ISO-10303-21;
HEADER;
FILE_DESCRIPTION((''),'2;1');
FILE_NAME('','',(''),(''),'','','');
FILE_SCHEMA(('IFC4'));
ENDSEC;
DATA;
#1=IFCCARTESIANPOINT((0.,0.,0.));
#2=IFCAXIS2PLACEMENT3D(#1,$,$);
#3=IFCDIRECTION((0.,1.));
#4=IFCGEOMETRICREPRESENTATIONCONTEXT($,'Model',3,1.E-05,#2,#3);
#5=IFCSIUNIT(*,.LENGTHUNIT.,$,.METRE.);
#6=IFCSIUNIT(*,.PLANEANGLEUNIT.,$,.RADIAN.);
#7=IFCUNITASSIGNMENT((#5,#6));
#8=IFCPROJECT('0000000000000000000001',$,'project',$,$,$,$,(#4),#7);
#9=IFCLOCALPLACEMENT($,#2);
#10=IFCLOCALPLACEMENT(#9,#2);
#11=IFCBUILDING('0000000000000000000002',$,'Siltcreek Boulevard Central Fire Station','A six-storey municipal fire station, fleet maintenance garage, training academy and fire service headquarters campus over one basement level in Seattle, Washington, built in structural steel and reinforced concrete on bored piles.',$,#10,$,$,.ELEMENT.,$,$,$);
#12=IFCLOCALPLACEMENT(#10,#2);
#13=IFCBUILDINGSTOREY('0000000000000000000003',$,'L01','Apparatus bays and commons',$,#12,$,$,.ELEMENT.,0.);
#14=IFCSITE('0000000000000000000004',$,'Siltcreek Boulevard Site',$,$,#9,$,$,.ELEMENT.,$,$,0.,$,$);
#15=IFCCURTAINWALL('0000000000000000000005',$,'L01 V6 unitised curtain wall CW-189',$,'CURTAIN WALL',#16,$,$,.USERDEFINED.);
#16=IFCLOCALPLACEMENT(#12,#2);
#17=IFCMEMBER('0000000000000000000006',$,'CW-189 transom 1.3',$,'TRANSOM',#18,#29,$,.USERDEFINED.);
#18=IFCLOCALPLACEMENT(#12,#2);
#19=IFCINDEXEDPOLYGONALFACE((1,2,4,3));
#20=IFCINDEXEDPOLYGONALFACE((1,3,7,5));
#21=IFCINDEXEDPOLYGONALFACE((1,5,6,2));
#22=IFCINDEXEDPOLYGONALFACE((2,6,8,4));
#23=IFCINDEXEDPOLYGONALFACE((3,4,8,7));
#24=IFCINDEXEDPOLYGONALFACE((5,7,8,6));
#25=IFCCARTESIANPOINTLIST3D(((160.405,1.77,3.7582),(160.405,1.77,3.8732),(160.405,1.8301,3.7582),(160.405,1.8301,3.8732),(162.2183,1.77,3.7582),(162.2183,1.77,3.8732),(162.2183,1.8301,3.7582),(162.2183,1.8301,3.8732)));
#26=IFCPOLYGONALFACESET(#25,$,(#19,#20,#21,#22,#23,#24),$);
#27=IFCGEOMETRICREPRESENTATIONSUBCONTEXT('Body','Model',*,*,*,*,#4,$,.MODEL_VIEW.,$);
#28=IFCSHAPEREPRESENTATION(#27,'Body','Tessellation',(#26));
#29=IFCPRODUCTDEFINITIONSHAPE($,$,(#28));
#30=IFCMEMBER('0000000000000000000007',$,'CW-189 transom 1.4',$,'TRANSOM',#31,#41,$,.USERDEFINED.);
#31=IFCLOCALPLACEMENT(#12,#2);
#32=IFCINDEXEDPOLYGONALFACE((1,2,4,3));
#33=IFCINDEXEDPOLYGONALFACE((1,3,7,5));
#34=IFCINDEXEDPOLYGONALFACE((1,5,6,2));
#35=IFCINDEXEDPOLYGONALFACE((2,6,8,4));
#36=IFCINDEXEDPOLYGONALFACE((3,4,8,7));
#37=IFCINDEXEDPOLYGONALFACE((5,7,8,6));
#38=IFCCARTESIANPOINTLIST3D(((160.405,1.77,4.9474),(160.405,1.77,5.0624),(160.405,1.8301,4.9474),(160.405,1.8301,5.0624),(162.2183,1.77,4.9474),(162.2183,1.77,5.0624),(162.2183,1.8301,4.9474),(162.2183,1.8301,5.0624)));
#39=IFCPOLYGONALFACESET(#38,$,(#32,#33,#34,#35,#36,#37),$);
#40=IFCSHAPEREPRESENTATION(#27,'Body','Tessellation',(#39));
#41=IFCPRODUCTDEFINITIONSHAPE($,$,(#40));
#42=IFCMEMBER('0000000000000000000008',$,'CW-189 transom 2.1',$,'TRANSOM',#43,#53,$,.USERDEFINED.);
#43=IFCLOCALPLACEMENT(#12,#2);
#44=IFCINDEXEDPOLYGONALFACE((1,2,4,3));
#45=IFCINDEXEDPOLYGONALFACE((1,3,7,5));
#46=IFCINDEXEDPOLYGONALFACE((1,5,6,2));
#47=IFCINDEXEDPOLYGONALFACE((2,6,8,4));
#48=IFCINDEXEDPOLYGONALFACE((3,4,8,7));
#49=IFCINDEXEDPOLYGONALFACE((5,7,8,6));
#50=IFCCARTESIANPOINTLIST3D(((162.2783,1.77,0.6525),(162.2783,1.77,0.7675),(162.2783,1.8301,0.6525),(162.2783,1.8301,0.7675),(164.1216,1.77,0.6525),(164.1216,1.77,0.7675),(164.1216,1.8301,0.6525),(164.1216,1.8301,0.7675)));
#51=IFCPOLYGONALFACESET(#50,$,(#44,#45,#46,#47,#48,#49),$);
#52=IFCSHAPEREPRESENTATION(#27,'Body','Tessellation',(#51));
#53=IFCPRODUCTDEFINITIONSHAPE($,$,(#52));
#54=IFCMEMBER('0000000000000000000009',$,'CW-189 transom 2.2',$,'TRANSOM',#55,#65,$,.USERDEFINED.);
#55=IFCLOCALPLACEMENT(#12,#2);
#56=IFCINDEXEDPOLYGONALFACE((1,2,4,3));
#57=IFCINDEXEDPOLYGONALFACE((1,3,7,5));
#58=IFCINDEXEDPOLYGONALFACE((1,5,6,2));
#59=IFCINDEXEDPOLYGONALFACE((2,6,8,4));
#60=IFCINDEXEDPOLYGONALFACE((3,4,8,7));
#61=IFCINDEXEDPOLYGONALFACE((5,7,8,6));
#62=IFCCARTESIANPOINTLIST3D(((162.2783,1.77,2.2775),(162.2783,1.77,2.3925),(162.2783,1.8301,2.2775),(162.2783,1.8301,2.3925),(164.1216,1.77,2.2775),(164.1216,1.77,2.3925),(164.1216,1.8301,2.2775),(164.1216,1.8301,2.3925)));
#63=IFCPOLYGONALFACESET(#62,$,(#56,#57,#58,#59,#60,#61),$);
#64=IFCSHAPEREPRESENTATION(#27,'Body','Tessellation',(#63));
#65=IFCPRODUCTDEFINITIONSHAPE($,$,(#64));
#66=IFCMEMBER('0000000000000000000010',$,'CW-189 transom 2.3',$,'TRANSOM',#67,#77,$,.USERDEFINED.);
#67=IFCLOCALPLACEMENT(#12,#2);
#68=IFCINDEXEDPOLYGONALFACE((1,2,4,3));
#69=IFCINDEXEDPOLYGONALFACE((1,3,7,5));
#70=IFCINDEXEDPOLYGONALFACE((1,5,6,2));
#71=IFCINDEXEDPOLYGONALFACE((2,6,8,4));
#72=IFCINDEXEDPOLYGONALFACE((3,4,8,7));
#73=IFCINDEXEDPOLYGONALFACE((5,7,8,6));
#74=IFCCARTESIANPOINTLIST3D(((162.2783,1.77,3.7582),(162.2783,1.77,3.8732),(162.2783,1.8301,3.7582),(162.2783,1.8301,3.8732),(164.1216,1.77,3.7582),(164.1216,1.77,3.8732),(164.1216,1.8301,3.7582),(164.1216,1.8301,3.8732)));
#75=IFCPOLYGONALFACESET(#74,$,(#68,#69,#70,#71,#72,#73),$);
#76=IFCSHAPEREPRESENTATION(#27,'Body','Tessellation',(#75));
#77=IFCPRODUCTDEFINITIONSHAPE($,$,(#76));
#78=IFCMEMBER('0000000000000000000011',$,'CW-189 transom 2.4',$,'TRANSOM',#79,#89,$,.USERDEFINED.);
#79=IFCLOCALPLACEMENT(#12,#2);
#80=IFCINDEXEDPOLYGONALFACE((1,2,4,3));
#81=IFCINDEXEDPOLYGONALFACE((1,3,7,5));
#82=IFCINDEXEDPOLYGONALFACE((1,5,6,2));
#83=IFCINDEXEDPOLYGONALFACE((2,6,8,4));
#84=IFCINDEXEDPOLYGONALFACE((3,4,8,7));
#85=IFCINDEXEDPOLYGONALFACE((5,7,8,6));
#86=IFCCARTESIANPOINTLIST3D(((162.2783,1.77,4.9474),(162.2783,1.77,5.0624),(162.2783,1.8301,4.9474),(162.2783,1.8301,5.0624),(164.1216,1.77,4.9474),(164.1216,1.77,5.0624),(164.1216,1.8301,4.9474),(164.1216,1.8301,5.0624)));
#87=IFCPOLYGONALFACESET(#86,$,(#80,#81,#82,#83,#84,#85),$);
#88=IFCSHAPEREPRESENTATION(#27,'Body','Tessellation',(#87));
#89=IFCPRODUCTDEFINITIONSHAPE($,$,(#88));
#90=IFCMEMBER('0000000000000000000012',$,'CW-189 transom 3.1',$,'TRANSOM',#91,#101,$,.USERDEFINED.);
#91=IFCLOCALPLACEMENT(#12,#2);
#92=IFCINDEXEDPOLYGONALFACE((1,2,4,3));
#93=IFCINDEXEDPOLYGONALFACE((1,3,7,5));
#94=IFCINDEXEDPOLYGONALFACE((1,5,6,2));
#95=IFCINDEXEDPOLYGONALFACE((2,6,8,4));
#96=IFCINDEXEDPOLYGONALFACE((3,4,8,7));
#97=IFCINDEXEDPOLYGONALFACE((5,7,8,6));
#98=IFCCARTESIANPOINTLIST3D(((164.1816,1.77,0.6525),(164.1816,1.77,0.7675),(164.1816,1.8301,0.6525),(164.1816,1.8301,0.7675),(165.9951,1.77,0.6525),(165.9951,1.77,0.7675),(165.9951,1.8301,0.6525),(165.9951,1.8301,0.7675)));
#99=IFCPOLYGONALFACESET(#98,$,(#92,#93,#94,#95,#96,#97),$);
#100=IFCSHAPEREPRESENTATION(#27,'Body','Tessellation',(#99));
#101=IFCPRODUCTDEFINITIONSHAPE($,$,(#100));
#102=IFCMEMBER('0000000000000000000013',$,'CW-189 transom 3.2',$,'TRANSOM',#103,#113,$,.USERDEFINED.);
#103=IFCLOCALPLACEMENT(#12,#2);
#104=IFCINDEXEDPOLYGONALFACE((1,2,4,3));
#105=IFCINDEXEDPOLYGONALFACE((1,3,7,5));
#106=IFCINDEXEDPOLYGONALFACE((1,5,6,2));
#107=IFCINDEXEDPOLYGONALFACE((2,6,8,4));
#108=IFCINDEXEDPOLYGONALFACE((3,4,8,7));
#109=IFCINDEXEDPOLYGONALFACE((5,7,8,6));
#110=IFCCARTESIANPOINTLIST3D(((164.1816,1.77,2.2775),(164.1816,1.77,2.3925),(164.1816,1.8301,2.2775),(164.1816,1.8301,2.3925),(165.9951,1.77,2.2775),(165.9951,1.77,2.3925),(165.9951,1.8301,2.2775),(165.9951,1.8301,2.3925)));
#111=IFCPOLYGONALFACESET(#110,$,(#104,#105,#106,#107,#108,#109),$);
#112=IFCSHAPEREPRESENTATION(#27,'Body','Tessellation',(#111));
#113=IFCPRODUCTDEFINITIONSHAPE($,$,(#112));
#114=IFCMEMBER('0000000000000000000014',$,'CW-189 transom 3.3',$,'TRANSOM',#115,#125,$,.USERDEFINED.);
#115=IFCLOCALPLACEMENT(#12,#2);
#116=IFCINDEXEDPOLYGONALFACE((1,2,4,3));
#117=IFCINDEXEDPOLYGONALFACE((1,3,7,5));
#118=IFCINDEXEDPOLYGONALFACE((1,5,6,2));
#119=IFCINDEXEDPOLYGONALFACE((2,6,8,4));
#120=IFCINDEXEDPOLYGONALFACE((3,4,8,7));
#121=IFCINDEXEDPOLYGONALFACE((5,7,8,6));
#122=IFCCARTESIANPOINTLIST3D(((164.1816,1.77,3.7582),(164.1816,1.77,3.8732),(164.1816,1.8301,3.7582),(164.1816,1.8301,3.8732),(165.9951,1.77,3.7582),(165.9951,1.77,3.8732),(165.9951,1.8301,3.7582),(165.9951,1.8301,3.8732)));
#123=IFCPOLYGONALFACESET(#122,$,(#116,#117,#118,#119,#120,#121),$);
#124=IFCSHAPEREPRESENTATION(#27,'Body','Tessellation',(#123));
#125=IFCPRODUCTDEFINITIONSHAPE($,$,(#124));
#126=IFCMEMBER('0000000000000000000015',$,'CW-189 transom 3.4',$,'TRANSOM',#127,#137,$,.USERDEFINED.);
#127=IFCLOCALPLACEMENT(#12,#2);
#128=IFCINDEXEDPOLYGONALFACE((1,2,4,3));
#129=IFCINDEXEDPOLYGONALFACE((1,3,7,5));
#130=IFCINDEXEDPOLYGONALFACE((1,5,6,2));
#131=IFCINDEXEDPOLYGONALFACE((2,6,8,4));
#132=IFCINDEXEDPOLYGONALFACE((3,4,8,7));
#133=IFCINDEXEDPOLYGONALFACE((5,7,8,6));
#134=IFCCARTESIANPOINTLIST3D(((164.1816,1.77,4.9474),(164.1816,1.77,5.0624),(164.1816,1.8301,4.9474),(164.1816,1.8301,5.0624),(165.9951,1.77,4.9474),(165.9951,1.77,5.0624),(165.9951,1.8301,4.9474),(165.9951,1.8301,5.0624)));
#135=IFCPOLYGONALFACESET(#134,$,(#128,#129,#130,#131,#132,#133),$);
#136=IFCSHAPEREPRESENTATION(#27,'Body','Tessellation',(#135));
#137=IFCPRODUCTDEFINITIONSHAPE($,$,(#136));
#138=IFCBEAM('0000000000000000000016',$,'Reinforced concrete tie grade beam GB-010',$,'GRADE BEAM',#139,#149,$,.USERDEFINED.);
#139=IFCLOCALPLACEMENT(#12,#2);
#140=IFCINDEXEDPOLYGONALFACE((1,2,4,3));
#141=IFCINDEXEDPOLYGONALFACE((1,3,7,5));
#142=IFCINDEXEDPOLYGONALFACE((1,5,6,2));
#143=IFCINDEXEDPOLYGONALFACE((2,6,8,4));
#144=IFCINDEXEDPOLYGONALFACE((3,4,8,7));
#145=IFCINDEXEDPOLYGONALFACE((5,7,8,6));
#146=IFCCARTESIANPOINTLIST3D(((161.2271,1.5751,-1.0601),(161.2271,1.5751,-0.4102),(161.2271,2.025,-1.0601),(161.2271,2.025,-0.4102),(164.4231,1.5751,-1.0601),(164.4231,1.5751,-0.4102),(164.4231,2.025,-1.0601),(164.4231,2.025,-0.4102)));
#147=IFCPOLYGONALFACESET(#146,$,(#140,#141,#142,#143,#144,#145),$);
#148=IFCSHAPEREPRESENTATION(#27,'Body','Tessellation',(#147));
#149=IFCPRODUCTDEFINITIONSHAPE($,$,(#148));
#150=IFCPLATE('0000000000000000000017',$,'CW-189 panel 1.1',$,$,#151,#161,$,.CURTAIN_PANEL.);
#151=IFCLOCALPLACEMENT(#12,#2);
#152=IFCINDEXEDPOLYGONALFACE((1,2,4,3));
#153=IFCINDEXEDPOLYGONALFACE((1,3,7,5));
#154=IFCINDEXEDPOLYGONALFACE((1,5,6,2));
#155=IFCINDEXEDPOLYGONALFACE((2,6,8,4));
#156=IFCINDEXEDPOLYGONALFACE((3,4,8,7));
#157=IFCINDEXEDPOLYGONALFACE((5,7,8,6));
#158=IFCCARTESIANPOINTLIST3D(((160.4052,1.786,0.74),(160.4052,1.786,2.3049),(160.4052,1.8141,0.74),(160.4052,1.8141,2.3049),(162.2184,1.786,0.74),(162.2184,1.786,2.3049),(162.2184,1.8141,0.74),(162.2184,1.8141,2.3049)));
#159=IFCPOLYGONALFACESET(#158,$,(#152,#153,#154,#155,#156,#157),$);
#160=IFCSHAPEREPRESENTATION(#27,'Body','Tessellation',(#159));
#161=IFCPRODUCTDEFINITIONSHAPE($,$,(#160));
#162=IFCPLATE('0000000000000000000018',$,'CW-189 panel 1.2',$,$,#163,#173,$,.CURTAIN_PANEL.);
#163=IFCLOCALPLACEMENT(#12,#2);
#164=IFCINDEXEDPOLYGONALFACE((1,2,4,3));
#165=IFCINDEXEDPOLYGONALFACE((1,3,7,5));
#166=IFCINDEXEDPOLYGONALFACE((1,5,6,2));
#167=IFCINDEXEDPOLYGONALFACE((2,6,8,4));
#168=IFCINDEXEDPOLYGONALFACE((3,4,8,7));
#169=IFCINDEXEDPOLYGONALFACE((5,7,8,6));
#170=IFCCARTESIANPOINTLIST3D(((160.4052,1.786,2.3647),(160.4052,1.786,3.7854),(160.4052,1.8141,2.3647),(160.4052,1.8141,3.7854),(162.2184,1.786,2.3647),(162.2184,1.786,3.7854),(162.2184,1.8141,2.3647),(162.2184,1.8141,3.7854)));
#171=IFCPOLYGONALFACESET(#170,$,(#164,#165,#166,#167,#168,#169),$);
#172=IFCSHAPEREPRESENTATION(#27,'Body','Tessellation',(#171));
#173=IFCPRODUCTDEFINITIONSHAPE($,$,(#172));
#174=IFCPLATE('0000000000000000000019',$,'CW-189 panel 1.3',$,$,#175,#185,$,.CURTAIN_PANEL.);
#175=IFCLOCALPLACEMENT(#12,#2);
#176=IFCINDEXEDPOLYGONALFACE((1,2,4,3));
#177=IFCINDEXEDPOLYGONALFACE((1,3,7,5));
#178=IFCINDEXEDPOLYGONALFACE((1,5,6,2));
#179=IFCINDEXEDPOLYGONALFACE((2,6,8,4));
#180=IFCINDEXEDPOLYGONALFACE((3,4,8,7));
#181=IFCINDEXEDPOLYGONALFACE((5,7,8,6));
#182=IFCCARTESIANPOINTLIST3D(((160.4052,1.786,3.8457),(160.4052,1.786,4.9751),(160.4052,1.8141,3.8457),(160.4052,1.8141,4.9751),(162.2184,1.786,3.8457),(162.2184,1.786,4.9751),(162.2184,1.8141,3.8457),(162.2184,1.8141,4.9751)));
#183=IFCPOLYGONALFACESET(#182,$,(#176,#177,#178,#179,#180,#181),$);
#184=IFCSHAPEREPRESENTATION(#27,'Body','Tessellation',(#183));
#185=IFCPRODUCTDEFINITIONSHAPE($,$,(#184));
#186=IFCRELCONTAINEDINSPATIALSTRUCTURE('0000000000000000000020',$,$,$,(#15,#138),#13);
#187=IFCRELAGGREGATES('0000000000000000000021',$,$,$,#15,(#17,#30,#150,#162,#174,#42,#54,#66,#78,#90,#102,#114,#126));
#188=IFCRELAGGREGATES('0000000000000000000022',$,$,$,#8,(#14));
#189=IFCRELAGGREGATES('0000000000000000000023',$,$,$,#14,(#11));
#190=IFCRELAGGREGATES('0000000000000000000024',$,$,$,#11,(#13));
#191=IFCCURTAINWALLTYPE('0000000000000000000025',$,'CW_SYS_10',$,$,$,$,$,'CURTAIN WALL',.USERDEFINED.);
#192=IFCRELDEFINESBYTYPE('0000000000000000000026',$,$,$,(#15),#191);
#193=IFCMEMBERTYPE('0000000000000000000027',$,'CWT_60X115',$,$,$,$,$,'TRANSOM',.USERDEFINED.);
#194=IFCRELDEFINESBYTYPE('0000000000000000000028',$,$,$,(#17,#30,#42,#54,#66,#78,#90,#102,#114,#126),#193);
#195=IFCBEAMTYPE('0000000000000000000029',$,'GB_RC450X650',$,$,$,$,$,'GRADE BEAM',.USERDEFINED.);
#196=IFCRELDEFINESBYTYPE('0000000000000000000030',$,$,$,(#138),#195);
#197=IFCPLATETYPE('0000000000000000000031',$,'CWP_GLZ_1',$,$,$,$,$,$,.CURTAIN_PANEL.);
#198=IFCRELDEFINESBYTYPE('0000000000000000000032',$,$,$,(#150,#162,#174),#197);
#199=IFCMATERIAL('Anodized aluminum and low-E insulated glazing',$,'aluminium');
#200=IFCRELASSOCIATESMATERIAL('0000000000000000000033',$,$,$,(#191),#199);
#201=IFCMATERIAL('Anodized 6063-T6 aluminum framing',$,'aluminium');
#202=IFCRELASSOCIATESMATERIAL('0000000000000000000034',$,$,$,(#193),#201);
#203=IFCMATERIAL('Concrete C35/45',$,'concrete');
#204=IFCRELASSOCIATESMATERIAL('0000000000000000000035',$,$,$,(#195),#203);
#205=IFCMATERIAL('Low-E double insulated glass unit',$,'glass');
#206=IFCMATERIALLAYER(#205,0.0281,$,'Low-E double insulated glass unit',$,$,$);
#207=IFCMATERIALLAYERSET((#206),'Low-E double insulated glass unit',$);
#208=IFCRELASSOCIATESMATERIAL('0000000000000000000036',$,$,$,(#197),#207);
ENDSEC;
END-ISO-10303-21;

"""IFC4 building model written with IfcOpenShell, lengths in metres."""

from ifc_helpers import new_model, si_unit, direction, frame, origin, origin_2d, place, context, subcontext, project, spatial, rectangle, extrude, material, layer, layer_set, material_profile, profile_set, type_object, element, aggregate, save


model = new_model("IFC4")

# Units and contexts
model_context = context("Model", 3, precision=1e-05, world=origin(), true_north=direction((0.0, 1.0)))
body_context = subcontext(model_context, "Body", "Model", "MODEL_VIEW")
ifc_project = project(units=[si_unit("LENGTHUNIT", "METRE"), si_unit("PLANEANGLEUNIT", "RADIAN")], contexts=[model_context])

# Site, building, storey
site_placement = place(None, origin())
site = spatial("IfcSite", under=ifc_project, at=site_placement, Name="Siltcreek Boulevard Site", CompositionType="ELEMENT", RefElevation=0.0)
building_placement = place(site_placement, origin())
building = spatial("IfcBuilding", under=site, at=building_placement, Name="Siltcreek Boulevard Central Fire Station", Description="A six-storey municipal fire station, fleet maintenance garage, training academy and fire service headquarters campus over one basement level in Seattle, Washington, built in structural steel and reinforced concrete on bored piles.", CompositionType="ELEMENT")
storey_placement = place(building_placement, origin())
storey = spatial("IfcBuildingStorey", under=building, at=storey_placement, Name="L01", Description="Apparatus bays and commons", CompositionType="ELEMENT", Elevation=0.0)

# Shared definitions
ifc_material_1 = material(Name="Concrete C35/45", Category="concrete")

# Curtain wall, members
ifc_material_2 = material(Name="Anodized aluminum and low-E insulated glazing", Category="aluminium")
curtain_wall_type = type_object("IfcCurtainWallType", Name="CW_SYS_10", ElementType="CURTAIN WALL", PredefinedType="USERDEFINED", material=ifc_material_2)
curtain_wall_placement = place(storey_placement, origin())
curtain_wall = element("IfcCurtainWall", 1, at=curtain_wall_placement, inside=storey, type_object=curtain_wall_type, Name="L01 V6 unitised curtain wall CW-189", ObjectType="CURTAIN WALL", PredefinedType="USERDEFINED")
ifc_material_3 = material(Name="Anodized 6063-T6 aluminum framing", Category="aluminium")
ifc_material_profile_1 = material_profile(ifc_material_3, rectangle(XDim=0.0601, YDim=0.115, at=origin_2d()), Name="TRAN60X115")
ifc_profile_set_1 = profile_set([ifc_material_profile_1], Name="Anodized 6063-T6 aluminum framing")
member_type_1 = type_object("IfcMemberType", Name="CWT_60X115", ElementType="TRANSOM", PredefinedType="USERDEFINED", material=ifc_profile_set_1)
member_1_placement = place(storey_placement, frame((160.405, 1.8, 3.8157), z_axis=(1.0, 0.0, 0.0), x_axis=(0.0, 1.0, 0.0)))
member_1 = element("IfcMember", 2, at=member_1_placement, type_object=member_type_1, Name="CW-189 transom 1.3", ObjectType="TRANSOM", PredefinedType="USERDEFINED", context=body_context, shape_type="SweptSolid", body=[
    extrude(rectangle(XDim=0.0601, YDim=0.115, at=origin_2d()), origin(), (0.0, 0.0, 1.0), 1.8132),
])
member_2_placement = place(storey_placement, frame((160.405, 1.8, 5.0049), z_axis=(1.0, 0.0, 0.0), x_axis=(0.0, 1.0, 0.0)))
member_2 = element("IfcMember", 3, at=member_2_placement, type_object=member_type_1, Name="CW-189 transom 1.4", ObjectType="TRANSOM", PredefinedType="USERDEFINED", context=body_context, shape_type="SweptSolid", body=[
    extrude(rectangle(XDim=0.0601, YDim=0.115, at=origin_2d()), origin(), (0.0, 0.0, 1.0), 1.8132),
])
member_3_placement = place(storey_placement, frame((162.2783, 1.8, 0.71), z_axis=(1.0, 0.0, 0.0), x_axis=(0.0, 1.0, 0.0)))
member_3 = element("IfcMember", 4, at=member_3_placement, type_object=member_type_1, Name="CW-189 transom 2.1", ObjectType="TRANSOM", PredefinedType="USERDEFINED", context=body_context, shape_type="SweptSolid", body=[
    extrude(rectangle(XDim=0.0601, YDim=0.115, at=origin_2d()), origin(), (0.0, 0.0, 1.0), 1.8433),
])
member_4_placement = place(storey_placement, frame((162.2783, 1.8, 2.335), z_axis=(1.0, 0.0, 0.0), x_axis=(0.0, 1.0, 0.0)))
member_4 = element("IfcMember", 5, at=member_4_placement, type_object=member_type_1, Name="CW-189 transom 2.2", ObjectType="TRANSOM", PredefinedType="USERDEFINED", context=body_context, shape_type="SweptSolid", body=[
    extrude(rectangle(XDim=0.0601, YDim=0.115, at=origin_2d()), origin(), (0.0, 0.0, 1.0), 1.8433),
])
member_5_placement = place(storey_placement, frame((162.2783, 1.8, 3.8157), z_axis=(1.0, 0.0, 0.0), x_axis=(0.0, 1.0, 0.0)))
member_5 = element("IfcMember", 6, at=member_5_placement, type_object=member_type_1, Name="CW-189 transom 2.3", ObjectType="TRANSOM", PredefinedType="USERDEFINED", context=body_context, shape_type="SweptSolid", body=[
    extrude(rectangle(XDim=0.0601, YDim=0.115, at=origin_2d()), origin(), (0.0, 0.0, 1.0), 1.8433),
])
member_6_placement = place(storey_placement, frame((162.2783, 1.8, 5.0049), z_axis=(1.0, 0.0, 0.0), x_axis=(0.0, 1.0, 0.0)))
member_6 = element("IfcMember", 7, at=member_6_placement, type_object=member_type_1, Name="CW-189 transom 2.4", ObjectType="TRANSOM", PredefinedType="USERDEFINED", context=body_context, shape_type="SweptSolid", body=[
    extrude(rectangle(XDim=0.0601, YDim=0.115, at=origin_2d()), origin(), (0.0, 0.0, 1.0), 1.8433),
])
member_7_placement = place(storey_placement, frame((164.1816, 1.8, 0.71), z_axis=(1.0, 0.0, 0.0), x_axis=(0.0, 1.0, 0.0)))
member_7 = element("IfcMember", 8, at=member_7_placement, type_object=member_type_1, Name="CW-189 transom 3.1", ObjectType="TRANSOM", PredefinedType="USERDEFINED", context=body_context, shape_type="SweptSolid", body=[
    extrude(rectangle(XDim=0.0601, YDim=0.115, at=origin_2d()), origin(), (0.0, 0.0, 1.0), 1.8135),
])
member_8_placement = place(storey_placement, frame((164.1816, 1.8, 2.335), z_axis=(1.0, 0.0, 0.0), x_axis=(0.0, 1.0, 0.0)))
member_8 = element("IfcMember", 9, at=member_8_placement, type_object=member_type_1, Name="CW-189 transom 3.2", ObjectType="TRANSOM", PredefinedType="USERDEFINED", context=body_context, shape_type="SweptSolid", body=[
    extrude(rectangle(XDim=0.0601, YDim=0.115, at=origin_2d()), origin(), (0.0, 0.0, 1.0), 1.8135),
])
member_9_placement = place(storey_placement, frame((164.1816, 1.8, 3.8157), z_axis=(1.0, 0.0, 0.0), x_axis=(0.0, 1.0, 0.0)))
member_9 = element("IfcMember", 10, at=member_9_placement, type_object=member_type_1, Name="CW-189 transom 3.3", ObjectType="TRANSOM", PredefinedType="USERDEFINED", context=body_context, shape_type="SweptSolid", body=[
    extrude(rectangle(XDim=0.0601, YDim=0.115, at=origin_2d()), origin(), (0.0, 0.0, 1.0), 1.8135),
])
member_10_placement = place(storey_placement, frame((164.1816, 1.8, 5.0049), z_axis=(1.0, 0.0, 0.0), x_axis=(0.0, 1.0, 0.0)))
member_10 = element("IfcMember", 11, at=member_10_placement, type_object=member_type_1, Name="CW-189 transom 3.4", ObjectType="TRANSOM", PredefinedType="USERDEFINED", context=body_context, shape_type="SweptSolid", body=[
    extrude(rectangle(XDim=0.0601, YDim=0.115, at=origin_2d()), origin(), (0.0, 0.0, 1.0), 1.8135),
])

# Beam
ifc_material_profile_2 = material_profile(ifc_material_1, rectangle(XDim=0.45, YDim=0.6499, at=origin_2d()), Name="RC450X650")
ifc_profile_set_2 = profile_set([ifc_material_profile_2], Name="Concrete C35/45")
beam_type = type_object("IfcBeamType", Name="GB_RC450X650", ElementType="GRADE BEAM", PredefinedType="USERDEFINED", material=ifc_profile_set_2)
beam_placement = place(storey_placement, frame((161.2271, 1.8, -0.7351), z_axis=(1.0, 0.0, 0.0), x_axis=(0.0, 1.0, 0.0)))
element("IfcBeam", 12, at=beam_placement, inside=storey, type_object=beam_type, Name="Reinforced concrete tie grade beam GB-010", ObjectType="GRADE BEAM", PredefinedType="USERDEFINED", context=body_context, shape_type="SweptSolid", body=[
    extrude(rectangle(XDim=0.45, YDim=0.6499, at=origin_2d()), origin(), (0.0, 0.0, 1.0), 3.196),
])

# Plates
ifc_material_4 = material(Name="Low-E double insulated glass unit", Category="glass")
ifc_layer_1 = layer(ifc_material_4, 0.0281, Name="Low-E double insulated glass unit")
ifc_layer_set_1 = layer_set([ifc_layer_1], Name="Low-E double insulated glass unit")
plate_type = type_object("IfcPlateType", Name="CWP_GLZ_1", PredefinedType="CURTAIN_PANEL", material=ifc_layer_set_1)
plate_1_placement = place(storey_placement, frame((161.3118, 1.8, 0.74), z_axis=(0.0, 0.0, 1.0), x_axis=(1.0, 0.0, 0.0)))
plate_1 = element("IfcPlate", 13, at=plate_1_placement, type_object=plate_type, Name="CW-189 panel 1.1", PredefinedType="CURTAIN_PANEL", context=body_context, shape_type="SweptSolid", body=[
    extrude(rectangle(XDim=1.8132, YDim=0.0281, at=origin_2d()), origin(), (0.0, 0.0, 1.0), 1.5649),
])
plate_2_placement = place(storey_placement, frame((161.3118, 1.8, 2.3647), z_axis=(0.0, 0.0, 1.0), x_axis=(1.0, 0.0, 0.0)))
plate_2 = element("IfcPlate", 14, at=plate_2_placement, type_object=plate_type, Name="CW-189 panel 1.2", PredefinedType="CURTAIN_PANEL", context=body_context, shape_type="SweptSolid", body=[
    extrude(rectangle(XDim=1.8132, YDim=0.0281, at=origin_2d()), origin(), (0.0, 0.0, 1.0), 1.4207),
])
plate_3_placement = place(storey_placement, frame((161.3118, 1.8, 3.8457), z_axis=(0.0, 0.0, 1.0), x_axis=(1.0, 0.0, 0.0)))
plate_3 = element("IfcPlate", 15, at=plate_3_placement, type_object=plate_type, Name="CW-189 panel 1.3", PredefinedType="CURTAIN_PANEL", context=body_context, shape_type="SweptSolid", body=[
    extrude(rectangle(XDim=1.8132, YDim=0.0281, at=origin_2d()), origin(), (0.0, 0.0, 1.0), 1.1294),
])
aggregate(curtain_wall, [member_1, member_2, plate_1, plate_2, plate_3, member_3, member_4, member_5, member_6, member_7, member_8, member_9, member_10])

save(model, "model.ifc")
